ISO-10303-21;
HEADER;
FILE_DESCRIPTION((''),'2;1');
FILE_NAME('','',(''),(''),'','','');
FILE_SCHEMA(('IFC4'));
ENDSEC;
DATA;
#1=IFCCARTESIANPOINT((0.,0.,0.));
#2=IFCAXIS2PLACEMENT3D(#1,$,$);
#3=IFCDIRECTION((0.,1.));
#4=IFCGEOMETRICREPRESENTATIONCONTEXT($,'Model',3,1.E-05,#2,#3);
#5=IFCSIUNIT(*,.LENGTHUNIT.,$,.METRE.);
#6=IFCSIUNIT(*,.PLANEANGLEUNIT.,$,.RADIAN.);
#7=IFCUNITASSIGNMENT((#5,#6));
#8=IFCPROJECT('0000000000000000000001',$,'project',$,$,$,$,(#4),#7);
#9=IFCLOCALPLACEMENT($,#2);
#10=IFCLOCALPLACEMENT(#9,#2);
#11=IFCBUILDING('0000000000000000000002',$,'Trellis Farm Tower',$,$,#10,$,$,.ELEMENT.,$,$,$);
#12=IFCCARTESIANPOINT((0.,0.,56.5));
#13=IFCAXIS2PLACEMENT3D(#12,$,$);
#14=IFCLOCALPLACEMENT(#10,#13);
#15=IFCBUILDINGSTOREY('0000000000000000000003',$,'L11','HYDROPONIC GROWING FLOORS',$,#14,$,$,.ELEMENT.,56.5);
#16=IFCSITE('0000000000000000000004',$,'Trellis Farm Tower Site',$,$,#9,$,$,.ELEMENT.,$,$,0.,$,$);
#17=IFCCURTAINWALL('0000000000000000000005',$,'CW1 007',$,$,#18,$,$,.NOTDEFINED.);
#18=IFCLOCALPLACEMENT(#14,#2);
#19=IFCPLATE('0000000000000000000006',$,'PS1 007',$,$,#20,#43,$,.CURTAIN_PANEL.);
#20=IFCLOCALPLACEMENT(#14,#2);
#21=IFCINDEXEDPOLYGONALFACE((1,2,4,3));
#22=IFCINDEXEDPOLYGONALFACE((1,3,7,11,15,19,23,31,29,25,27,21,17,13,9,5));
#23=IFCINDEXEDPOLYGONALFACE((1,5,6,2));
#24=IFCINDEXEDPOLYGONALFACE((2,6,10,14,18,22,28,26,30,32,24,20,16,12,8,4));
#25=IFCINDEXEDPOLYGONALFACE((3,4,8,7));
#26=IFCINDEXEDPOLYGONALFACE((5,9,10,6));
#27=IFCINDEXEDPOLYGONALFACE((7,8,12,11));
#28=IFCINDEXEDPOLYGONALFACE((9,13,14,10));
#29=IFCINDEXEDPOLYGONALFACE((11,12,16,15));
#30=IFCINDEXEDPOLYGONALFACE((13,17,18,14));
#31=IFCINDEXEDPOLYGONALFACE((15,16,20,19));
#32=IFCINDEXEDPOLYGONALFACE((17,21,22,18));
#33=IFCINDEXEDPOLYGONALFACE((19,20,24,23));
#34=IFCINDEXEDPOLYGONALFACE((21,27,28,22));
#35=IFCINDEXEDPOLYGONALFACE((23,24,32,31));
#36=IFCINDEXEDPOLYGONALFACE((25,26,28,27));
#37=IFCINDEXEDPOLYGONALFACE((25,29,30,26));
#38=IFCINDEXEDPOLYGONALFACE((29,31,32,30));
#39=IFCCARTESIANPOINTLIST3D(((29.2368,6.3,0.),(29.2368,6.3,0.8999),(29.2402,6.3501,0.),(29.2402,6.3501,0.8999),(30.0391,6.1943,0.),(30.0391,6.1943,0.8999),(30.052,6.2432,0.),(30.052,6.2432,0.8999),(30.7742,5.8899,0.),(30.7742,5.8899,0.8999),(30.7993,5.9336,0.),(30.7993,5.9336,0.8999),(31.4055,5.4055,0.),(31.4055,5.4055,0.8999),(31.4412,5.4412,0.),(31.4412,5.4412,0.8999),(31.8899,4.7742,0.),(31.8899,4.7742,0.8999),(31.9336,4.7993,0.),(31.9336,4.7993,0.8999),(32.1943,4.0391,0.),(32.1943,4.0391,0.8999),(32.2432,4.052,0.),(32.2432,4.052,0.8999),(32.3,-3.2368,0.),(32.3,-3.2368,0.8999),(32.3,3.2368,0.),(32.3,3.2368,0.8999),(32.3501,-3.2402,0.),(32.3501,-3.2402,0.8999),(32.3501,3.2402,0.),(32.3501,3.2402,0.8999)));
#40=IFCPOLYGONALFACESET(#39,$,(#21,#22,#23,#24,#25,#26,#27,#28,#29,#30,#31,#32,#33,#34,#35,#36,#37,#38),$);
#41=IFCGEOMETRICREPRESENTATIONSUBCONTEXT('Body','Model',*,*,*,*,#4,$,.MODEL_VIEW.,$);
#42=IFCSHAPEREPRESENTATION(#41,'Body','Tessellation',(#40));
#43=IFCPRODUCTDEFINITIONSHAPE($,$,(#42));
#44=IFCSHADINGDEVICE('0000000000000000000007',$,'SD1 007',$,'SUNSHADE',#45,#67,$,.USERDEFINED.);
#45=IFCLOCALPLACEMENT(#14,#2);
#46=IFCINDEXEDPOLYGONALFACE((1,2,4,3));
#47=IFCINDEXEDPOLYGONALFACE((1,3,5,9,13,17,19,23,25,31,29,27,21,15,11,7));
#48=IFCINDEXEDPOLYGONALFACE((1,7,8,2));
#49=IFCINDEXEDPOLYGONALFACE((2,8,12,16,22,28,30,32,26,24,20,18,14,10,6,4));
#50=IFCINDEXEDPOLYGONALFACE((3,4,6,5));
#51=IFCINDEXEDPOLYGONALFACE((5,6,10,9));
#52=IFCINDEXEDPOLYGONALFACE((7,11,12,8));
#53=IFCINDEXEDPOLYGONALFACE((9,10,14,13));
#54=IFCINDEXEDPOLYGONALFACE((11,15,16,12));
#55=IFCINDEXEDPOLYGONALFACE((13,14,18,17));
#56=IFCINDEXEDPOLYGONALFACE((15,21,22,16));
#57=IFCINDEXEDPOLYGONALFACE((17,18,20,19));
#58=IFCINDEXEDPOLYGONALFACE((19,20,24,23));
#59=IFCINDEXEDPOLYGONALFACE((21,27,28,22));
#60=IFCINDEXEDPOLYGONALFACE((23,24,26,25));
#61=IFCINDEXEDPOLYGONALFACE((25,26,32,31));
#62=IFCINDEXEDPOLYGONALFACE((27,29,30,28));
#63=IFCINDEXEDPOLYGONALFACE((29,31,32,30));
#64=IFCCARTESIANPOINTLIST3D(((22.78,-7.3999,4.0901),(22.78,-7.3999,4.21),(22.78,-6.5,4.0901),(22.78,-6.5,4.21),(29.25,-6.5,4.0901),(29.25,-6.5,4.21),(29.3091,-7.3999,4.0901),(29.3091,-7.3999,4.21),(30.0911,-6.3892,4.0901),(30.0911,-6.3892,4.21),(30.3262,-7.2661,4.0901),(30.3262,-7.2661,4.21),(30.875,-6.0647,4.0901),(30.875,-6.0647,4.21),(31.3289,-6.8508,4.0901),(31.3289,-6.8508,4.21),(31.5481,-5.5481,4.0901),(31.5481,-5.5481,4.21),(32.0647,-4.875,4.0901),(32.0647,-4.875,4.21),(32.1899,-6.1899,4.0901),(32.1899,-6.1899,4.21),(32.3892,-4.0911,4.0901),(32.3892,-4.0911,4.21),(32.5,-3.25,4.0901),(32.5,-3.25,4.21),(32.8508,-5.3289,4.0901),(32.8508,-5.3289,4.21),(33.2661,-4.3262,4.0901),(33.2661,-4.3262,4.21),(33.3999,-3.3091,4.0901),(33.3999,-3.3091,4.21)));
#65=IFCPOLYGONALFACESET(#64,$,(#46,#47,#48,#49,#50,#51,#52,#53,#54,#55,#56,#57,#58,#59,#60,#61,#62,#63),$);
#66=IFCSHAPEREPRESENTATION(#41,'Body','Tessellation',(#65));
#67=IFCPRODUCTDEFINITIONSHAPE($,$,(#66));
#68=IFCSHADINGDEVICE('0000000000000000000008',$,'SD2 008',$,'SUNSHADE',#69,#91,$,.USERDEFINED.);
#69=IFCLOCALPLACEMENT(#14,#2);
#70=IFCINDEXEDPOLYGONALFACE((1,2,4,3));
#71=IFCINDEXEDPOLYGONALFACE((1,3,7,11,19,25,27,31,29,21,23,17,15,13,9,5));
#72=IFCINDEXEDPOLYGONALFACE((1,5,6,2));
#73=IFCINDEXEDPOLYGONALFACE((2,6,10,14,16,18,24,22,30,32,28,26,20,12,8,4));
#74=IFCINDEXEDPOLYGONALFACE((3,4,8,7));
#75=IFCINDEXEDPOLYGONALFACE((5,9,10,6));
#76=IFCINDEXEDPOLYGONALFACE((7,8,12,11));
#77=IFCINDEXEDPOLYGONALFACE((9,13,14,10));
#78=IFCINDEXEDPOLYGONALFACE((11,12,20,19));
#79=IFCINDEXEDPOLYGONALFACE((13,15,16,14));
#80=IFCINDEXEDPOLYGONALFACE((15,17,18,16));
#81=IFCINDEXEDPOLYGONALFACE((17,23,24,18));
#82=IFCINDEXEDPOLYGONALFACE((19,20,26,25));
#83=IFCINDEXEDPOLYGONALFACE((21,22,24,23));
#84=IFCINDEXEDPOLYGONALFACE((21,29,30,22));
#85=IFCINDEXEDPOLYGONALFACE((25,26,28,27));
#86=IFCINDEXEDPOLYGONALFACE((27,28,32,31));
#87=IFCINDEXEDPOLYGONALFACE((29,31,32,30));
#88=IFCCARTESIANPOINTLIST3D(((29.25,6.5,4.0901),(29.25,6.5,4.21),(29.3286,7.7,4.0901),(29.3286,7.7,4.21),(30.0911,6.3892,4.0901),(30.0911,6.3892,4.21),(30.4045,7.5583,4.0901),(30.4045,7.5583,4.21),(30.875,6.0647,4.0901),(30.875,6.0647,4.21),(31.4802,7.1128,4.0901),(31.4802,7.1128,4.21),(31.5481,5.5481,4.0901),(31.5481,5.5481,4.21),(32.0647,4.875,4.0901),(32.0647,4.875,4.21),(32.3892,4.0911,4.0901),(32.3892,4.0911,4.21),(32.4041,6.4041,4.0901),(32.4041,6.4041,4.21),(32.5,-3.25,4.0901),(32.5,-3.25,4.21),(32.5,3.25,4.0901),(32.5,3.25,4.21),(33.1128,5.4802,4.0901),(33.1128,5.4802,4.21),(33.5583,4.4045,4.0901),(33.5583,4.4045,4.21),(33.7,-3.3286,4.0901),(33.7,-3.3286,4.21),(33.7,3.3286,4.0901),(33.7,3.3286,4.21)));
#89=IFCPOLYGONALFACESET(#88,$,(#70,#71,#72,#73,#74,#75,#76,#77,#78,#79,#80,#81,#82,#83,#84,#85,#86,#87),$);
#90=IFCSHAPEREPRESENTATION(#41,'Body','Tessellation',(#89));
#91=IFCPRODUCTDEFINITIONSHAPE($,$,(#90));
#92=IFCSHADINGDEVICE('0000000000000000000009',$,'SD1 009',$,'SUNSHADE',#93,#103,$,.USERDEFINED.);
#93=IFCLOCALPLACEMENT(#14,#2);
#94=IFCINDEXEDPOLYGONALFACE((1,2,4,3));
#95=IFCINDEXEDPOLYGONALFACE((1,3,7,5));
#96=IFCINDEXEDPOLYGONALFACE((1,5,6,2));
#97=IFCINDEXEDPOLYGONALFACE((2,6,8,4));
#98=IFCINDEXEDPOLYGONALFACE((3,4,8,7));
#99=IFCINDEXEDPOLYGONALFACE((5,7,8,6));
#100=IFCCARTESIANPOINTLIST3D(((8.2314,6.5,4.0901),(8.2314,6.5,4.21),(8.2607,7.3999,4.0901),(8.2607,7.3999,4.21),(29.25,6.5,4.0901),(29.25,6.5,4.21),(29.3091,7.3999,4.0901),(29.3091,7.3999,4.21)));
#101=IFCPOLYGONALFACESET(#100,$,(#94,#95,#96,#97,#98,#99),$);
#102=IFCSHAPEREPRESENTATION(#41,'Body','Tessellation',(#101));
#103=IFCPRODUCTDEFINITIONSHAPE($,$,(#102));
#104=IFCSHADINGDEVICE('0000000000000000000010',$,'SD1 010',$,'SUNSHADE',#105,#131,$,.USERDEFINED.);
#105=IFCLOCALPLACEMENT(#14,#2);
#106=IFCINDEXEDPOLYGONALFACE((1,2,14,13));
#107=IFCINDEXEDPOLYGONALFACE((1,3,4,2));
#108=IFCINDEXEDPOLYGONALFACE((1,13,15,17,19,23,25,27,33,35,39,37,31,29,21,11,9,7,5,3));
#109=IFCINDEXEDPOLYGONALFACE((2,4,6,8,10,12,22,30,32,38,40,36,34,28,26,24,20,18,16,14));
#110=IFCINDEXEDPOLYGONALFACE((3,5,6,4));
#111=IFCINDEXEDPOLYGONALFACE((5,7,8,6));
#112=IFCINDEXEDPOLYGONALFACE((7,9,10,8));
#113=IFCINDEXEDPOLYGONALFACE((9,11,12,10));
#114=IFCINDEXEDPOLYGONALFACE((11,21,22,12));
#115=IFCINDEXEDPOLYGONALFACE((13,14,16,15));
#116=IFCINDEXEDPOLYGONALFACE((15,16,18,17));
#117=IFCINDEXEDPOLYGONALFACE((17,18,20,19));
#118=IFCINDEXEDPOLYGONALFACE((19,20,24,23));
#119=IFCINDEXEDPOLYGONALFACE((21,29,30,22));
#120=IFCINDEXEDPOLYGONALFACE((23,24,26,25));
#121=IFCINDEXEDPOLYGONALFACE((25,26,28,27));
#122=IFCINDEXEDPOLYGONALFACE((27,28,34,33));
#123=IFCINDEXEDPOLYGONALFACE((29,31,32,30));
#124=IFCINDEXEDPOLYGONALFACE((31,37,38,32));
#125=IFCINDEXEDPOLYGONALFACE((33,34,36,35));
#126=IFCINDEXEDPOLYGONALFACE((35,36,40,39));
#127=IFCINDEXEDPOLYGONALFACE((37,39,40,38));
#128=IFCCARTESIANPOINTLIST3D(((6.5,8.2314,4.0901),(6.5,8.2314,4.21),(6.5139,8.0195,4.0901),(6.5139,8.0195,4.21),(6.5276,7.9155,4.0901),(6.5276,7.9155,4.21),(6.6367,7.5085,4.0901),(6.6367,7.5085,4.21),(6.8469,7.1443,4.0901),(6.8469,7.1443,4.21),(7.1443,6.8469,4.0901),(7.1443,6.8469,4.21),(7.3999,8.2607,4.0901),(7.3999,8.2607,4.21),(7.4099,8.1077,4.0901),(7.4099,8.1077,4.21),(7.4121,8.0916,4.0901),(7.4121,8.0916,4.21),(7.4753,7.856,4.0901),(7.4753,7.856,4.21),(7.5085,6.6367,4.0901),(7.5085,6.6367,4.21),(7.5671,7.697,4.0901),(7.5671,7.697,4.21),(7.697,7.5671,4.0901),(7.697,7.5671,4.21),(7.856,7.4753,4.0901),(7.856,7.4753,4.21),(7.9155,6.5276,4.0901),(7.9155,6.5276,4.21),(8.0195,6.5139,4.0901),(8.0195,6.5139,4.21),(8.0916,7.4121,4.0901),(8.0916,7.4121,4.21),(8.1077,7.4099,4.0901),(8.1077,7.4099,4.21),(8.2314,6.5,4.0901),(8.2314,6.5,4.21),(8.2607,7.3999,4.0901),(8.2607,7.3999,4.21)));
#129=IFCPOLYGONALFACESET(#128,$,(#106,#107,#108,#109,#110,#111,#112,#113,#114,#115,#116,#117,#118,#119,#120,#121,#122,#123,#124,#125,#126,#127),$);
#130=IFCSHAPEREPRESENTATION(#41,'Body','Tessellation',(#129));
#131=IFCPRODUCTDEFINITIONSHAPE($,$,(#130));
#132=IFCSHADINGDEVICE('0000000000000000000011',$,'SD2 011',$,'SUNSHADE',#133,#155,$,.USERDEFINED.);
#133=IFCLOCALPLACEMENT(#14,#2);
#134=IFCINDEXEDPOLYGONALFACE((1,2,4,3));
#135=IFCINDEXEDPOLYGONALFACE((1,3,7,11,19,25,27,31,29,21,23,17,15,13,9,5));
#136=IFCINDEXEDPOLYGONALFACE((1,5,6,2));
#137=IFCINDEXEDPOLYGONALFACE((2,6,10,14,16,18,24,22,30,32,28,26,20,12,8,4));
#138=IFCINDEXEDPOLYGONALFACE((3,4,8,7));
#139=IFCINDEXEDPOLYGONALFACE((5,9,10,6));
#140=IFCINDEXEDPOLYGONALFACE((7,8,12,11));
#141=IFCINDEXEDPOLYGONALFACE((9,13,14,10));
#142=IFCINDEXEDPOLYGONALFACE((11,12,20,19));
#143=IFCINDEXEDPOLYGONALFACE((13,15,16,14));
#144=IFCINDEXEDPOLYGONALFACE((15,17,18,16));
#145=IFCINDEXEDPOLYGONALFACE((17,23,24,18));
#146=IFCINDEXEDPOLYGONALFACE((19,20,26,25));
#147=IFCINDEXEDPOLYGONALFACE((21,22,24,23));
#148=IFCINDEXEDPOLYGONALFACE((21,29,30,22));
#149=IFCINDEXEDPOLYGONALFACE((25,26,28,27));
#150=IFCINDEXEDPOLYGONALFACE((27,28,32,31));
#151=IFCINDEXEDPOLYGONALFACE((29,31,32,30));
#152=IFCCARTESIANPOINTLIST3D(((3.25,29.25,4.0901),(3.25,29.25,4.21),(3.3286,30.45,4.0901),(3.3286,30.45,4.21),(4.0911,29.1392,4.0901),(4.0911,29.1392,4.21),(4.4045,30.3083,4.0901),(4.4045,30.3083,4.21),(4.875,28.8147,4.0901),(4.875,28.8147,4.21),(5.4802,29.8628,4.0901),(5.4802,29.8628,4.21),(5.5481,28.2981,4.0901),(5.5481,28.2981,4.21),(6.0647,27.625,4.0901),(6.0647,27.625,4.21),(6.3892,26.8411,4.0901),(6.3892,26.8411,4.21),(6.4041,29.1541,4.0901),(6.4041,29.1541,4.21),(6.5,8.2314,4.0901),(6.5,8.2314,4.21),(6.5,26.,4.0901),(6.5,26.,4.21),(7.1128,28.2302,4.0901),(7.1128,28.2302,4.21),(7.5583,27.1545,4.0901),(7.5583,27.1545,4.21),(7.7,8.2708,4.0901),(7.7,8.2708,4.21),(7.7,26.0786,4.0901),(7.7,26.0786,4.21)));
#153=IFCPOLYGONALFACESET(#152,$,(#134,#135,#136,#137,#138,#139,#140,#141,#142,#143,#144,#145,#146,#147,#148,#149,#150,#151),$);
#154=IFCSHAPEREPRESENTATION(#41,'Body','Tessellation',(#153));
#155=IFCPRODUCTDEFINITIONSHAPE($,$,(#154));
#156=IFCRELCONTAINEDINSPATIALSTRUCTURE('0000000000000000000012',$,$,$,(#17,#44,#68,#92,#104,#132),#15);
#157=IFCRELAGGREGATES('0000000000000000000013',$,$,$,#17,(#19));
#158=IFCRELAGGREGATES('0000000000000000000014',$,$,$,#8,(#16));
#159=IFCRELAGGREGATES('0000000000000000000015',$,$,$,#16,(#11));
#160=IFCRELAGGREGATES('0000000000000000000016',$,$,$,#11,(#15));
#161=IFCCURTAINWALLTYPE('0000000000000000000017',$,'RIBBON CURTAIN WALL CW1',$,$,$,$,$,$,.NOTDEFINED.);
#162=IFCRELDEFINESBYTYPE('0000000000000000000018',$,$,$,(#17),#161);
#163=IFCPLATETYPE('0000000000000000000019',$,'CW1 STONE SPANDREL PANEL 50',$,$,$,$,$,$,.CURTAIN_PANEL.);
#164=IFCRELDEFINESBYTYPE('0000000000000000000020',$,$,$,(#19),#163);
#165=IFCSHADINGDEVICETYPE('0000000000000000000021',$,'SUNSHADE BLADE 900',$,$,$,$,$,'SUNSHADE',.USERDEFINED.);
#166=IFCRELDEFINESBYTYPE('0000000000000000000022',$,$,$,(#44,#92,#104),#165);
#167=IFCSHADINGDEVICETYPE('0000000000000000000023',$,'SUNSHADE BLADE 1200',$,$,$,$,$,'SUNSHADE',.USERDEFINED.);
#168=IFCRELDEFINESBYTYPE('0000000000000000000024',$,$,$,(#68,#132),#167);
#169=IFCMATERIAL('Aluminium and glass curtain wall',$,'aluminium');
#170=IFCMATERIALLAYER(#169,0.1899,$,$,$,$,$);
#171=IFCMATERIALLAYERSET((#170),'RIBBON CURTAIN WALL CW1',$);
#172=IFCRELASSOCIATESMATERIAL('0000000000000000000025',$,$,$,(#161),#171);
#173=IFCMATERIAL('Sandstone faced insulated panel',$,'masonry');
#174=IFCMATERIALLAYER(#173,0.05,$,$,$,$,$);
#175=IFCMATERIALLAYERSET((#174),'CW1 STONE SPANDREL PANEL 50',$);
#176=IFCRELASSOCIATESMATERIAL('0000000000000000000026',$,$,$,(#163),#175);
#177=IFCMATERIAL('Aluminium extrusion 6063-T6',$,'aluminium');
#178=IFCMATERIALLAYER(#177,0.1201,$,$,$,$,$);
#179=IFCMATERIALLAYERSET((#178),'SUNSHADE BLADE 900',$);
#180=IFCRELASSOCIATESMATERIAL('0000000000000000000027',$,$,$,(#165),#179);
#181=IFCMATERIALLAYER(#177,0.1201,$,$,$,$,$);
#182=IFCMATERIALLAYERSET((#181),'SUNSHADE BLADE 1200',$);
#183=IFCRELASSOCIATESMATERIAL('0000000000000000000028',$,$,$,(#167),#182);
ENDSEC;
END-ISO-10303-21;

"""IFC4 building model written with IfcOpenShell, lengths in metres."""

from ifc_helpers import new_model, si_unit, direction, frame, origin, place, context, subcontext, project, spatial, polyline, outline, extrude, source, transform, mapped, material, layer, layer_set, type_object, element, aggregate, save


model = new_model("IFC4")

# Units and contexts
model_context = context("Model", 3, precision=1e-05, world=origin(), true_north=direction((0.0, 1.0)))
body_context = subcontext(model_context, "Body", "Model", "MODEL_VIEW")
ifc_project = project(units=[si_unit("LENGTHUNIT", "METRE"), si_unit("PLANEANGLEUNIT", "RADIAN")], contexts=[model_context])

# Site, building, storey
site_placement = place(None, origin())
site = spatial("IfcSite", under=ifc_project, at=site_placement, Name="Trellis Farm Tower Site", CompositionType="ELEMENT", RefElevation=0.0)
building_placement = place(site_placement, origin())
building = spatial("IfcBuilding", under=site, at=building_placement, Name="Trellis Farm Tower", CompositionType="ELEMENT")
storey_placement = place(building_placement, frame((0.0, 0.0, 56.5)))
storey = spatial("IfcBuildingStorey", under=building, at=storey_placement, Name="L11", Description="HYDROPONIC GROWING FLOORS", CompositionType="ELEMENT", Elevation=56.5)

# Curtain wall
ifc_material_1 = material(Name="Aluminium and glass curtain wall", Category="aluminium")
ifc_layer_1 = layer(ifc_material_1, 0.1899)
ifc_layer_set_1 = layer_set([ifc_layer_1], Name="RIBBON CURTAIN WALL CW1")
curtain_wall_type_1 = type_object("IfcCurtainWallType", Name="RIBBON CURTAIN WALL CW1", PredefinedType="NOTDEFINED", material=ifc_layer_set_1)
placement_1 = place(storey_placement, origin())
ifc_material_2 = material(Name="Aluminium extrusion 6063-T6", Category="aluminium")
curtain_wall_1 = element("IfcCurtainWall", 1, at=placement_1, inside=storey, type_object=curtain_wall_type_1, Name="CW1 007", PredefinedType="NOTDEFINED")

# Plate
ifc_material_3 = material(Name="Sandstone faced insulated panel", Category="masonry")
ifc_layer_2 = layer(ifc_material_3, 0.05)
ifc_layer_set_2 = layer_set([ifc_layer_2], Name="CW1 STONE SPANDREL PANEL 50")
plate_type_1 = type_object("IfcPlateType", Name="CW1 STONE SPANDREL PANEL 50", PredefinedType="CURTAIN_PANEL", material=ifc_layer_set_2)
shared_shape_1 = source(origin(), body_context, "Body", "SweptSolid", [
    extrude(outline(polyline([(32.3501, -3.2402), (32.3501, 3.2402), (32.2432, 4.052), (31.9336, 4.7993), (31.4412, 5.4412), (30.7993, 5.9336), (30.052, 6.2432), (29.2402, 6.3501), (29.2368, 6.3), (30.0391, 6.1943), (30.7742, 5.8899), (31.4055, 5.4055), (31.8899, 4.7742), (32.1943, 4.0391), (32.3, 3.2368), (32.3, -3.2368), (32.3501, -3.2402)])), origin(), (0.0, 0.0, 1.0), 0.8999),
])
plate_1 = element("IfcPlate", 2, at=placement_1, type_object=plate_type_1, Name="PS1 007", PredefinedType="CURTAIN_PANEL", context=body_context, shape_type="MappedRepresentation", body=[
    mapped(shared_shape_1, transform((0.0, 0.0, 0.0))),
])
aggregate(curtain_wall_1, [plate_1])

# Shading devices
ifc_layer_3 = layer(ifc_material_2, 0.1201)
ifc_layer_set_3 = layer_set([ifc_layer_3], Name="SUNSHADE BLADE 900")
shading_device_type_1 = type_object("IfcShadingDeviceType", Name="SUNSHADE BLADE 900", ElementType="SUNSHADE", PredefinedType="USERDEFINED", material=ifc_layer_set_3)
shared_shape_2 = source(origin(), body_context, "Body", "SweptSolid", [
    extrude(outline(polyline([(22.78, -7.3999), (29.3091, -7.3999), (30.3262, -7.2661), (31.3289, -6.8508), (32.1899, -6.1899), (32.8508, -5.3289), (33.2661, -4.3262), (33.3999, -3.3091), (32.5, -3.25), (32.3892, -4.0911), (32.0647, -4.875), (31.5481, -5.5481), (30.875, -6.0647), (30.0911, -6.3892), (29.25, -6.5), (22.78, -6.5), (22.78, -7.3999)])), origin(), (0.0, 0.0, 1.0), 0.1199),
])
placement_2 = place(storey_placement, frame((0.0, 0.0, 4.0901)))
element("IfcShadingDevice", 3, at=placement_2, inside=storey, type_object=shading_device_type_1, Name="SD1 007", ObjectType="SUNSHADE", PredefinedType="USERDEFINED", context=body_context, shape_type="MappedRepresentation", body=[
    mapped(shared_shape_2, transform((0.0, 0.0, 0.0))),
])
ifc_layer_4 = layer(ifc_material_2, 0.1201)
ifc_layer_set_4 = layer_set([ifc_layer_4], Name="SUNSHADE BLADE 1200")
shading_device_type_2 = type_object("IfcShadingDeviceType", Name="SUNSHADE BLADE 1200", ElementType="SUNSHADE", PredefinedType="USERDEFINED", material=ifc_layer_set_4)
shared_shape_3 = source(origin(), body_context, "Body", "SweptSolid", [
    extrude(outline(polyline([(33.7, -3.3286), (33.7, 3.3286), (33.5583, 4.4045), (33.1128, 5.4802), (32.4041, 6.4041), (31.4802, 7.1128), (30.4045, 7.5583), (29.3286, 7.7), (29.25, 6.5), (30.0911, 6.3892), (30.875, 6.0647), (31.5481, 5.5481), (32.0647, 4.875), (32.3892, 4.0911), (32.5, 3.25), (32.5, -3.25), (33.7, -3.3286)])), origin(), (0.0, 0.0, 1.0), 0.1199),
])
element("IfcShadingDevice", 4, at=placement_2, inside=storey, type_object=shading_device_type_2, Name="SD2 008", ObjectType="SUNSHADE", PredefinedType="USERDEFINED", context=body_context, shape_type="MappedRepresentation", body=[
    mapped(shared_shape_3, transform((0.0, 0.0, 0.0))),
])
shared_shape_4 = source(origin(), body_context, "Body", "SweptSolid", [
    extrude(outline(polyline([(29.3091, 7.3999), (8.2607, 7.3999), (8.2314, 6.5), (29.25, 6.5), (29.3091, 7.3999)])), origin(), (0.0, 0.0, 1.0), 0.1199),
])
element("IfcShadingDevice", 5, at=placement_2, inside=storey, type_object=shading_device_type_1, Name="SD1 009", ObjectType="SUNSHADE", PredefinedType="USERDEFINED", context=body_context, shape_type="MappedRepresentation", body=[
    mapped(shared_shape_4, transform((0.0, 0.0, 0.0))),
])
shared_shape_5 = source(origin(), body_context, "Body", "SweptSolid", [
    extrude(outline(polyline([(8.2607, 7.3999), (8.1077, 7.4099), (8.0916, 7.4121), (7.856, 7.4753), (7.697, 7.5671), (7.5671, 7.697), (7.4753, 7.856), (7.4121, 8.0916), (7.4099, 8.1077), (7.3999, 8.2607), (6.5, 8.2314), (6.5139, 8.0195), (6.5276, 7.9155), (6.6367, 7.5085), (6.8469, 7.1443), (7.1443, 6.8469), (7.5085, 6.6367), (7.9155, 6.5276), (8.0195, 6.5139), (8.2314, 6.5), (8.2607, 7.3999)])), origin(), (0.0, 0.0, 1.0), 0.1199),
])
element("IfcShadingDevice", 6, at=placement_2, inside=storey, type_object=shading_device_type_1, Name="SD1 010", ObjectType="SUNSHADE", PredefinedType="USERDEFINED", context=body_context, shape_type="MappedRepresentation", body=[
    mapped(shared_shape_5, transform((0.0, 0.0, 0.0))),
])
shared_shape_6 = source(origin(), body_context, "Body", "SweptSolid", [
    extrude(outline(polyline([(7.7, 8.2708), (7.7, 26.0786), (7.5583, 27.1545), (7.1128, 28.2302), (6.4041, 29.1541), (5.4802, 29.8628), (4.4045, 30.3083), (3.3286, 30.45), (3.25, 29.25), (4.0911, 29.1392), (4.875, 28.8147), (5.5481, 28.2981), (6.0647, 27.625), (6.3892, 26.8411), (6.5, 26.0), (6.5, 8.2314), (7.7, 8.2708)])), origin(), (0.0, 0.0, 1.0), 0.1199),
])
element("IfcShadingDevice", 7, at=placement_2, inside=storey, type_object=shading_device_type_2, Name="SD2 011", ObjectType="SUNSHADE", PredefinedType="USERDEFINED", context=body_context, shape_type="MappedRepresentation", body=[
    mapped(shared_shape_6, transform((0.0, 0.0, 0.0))),
])

save(model, "model.ifc")
